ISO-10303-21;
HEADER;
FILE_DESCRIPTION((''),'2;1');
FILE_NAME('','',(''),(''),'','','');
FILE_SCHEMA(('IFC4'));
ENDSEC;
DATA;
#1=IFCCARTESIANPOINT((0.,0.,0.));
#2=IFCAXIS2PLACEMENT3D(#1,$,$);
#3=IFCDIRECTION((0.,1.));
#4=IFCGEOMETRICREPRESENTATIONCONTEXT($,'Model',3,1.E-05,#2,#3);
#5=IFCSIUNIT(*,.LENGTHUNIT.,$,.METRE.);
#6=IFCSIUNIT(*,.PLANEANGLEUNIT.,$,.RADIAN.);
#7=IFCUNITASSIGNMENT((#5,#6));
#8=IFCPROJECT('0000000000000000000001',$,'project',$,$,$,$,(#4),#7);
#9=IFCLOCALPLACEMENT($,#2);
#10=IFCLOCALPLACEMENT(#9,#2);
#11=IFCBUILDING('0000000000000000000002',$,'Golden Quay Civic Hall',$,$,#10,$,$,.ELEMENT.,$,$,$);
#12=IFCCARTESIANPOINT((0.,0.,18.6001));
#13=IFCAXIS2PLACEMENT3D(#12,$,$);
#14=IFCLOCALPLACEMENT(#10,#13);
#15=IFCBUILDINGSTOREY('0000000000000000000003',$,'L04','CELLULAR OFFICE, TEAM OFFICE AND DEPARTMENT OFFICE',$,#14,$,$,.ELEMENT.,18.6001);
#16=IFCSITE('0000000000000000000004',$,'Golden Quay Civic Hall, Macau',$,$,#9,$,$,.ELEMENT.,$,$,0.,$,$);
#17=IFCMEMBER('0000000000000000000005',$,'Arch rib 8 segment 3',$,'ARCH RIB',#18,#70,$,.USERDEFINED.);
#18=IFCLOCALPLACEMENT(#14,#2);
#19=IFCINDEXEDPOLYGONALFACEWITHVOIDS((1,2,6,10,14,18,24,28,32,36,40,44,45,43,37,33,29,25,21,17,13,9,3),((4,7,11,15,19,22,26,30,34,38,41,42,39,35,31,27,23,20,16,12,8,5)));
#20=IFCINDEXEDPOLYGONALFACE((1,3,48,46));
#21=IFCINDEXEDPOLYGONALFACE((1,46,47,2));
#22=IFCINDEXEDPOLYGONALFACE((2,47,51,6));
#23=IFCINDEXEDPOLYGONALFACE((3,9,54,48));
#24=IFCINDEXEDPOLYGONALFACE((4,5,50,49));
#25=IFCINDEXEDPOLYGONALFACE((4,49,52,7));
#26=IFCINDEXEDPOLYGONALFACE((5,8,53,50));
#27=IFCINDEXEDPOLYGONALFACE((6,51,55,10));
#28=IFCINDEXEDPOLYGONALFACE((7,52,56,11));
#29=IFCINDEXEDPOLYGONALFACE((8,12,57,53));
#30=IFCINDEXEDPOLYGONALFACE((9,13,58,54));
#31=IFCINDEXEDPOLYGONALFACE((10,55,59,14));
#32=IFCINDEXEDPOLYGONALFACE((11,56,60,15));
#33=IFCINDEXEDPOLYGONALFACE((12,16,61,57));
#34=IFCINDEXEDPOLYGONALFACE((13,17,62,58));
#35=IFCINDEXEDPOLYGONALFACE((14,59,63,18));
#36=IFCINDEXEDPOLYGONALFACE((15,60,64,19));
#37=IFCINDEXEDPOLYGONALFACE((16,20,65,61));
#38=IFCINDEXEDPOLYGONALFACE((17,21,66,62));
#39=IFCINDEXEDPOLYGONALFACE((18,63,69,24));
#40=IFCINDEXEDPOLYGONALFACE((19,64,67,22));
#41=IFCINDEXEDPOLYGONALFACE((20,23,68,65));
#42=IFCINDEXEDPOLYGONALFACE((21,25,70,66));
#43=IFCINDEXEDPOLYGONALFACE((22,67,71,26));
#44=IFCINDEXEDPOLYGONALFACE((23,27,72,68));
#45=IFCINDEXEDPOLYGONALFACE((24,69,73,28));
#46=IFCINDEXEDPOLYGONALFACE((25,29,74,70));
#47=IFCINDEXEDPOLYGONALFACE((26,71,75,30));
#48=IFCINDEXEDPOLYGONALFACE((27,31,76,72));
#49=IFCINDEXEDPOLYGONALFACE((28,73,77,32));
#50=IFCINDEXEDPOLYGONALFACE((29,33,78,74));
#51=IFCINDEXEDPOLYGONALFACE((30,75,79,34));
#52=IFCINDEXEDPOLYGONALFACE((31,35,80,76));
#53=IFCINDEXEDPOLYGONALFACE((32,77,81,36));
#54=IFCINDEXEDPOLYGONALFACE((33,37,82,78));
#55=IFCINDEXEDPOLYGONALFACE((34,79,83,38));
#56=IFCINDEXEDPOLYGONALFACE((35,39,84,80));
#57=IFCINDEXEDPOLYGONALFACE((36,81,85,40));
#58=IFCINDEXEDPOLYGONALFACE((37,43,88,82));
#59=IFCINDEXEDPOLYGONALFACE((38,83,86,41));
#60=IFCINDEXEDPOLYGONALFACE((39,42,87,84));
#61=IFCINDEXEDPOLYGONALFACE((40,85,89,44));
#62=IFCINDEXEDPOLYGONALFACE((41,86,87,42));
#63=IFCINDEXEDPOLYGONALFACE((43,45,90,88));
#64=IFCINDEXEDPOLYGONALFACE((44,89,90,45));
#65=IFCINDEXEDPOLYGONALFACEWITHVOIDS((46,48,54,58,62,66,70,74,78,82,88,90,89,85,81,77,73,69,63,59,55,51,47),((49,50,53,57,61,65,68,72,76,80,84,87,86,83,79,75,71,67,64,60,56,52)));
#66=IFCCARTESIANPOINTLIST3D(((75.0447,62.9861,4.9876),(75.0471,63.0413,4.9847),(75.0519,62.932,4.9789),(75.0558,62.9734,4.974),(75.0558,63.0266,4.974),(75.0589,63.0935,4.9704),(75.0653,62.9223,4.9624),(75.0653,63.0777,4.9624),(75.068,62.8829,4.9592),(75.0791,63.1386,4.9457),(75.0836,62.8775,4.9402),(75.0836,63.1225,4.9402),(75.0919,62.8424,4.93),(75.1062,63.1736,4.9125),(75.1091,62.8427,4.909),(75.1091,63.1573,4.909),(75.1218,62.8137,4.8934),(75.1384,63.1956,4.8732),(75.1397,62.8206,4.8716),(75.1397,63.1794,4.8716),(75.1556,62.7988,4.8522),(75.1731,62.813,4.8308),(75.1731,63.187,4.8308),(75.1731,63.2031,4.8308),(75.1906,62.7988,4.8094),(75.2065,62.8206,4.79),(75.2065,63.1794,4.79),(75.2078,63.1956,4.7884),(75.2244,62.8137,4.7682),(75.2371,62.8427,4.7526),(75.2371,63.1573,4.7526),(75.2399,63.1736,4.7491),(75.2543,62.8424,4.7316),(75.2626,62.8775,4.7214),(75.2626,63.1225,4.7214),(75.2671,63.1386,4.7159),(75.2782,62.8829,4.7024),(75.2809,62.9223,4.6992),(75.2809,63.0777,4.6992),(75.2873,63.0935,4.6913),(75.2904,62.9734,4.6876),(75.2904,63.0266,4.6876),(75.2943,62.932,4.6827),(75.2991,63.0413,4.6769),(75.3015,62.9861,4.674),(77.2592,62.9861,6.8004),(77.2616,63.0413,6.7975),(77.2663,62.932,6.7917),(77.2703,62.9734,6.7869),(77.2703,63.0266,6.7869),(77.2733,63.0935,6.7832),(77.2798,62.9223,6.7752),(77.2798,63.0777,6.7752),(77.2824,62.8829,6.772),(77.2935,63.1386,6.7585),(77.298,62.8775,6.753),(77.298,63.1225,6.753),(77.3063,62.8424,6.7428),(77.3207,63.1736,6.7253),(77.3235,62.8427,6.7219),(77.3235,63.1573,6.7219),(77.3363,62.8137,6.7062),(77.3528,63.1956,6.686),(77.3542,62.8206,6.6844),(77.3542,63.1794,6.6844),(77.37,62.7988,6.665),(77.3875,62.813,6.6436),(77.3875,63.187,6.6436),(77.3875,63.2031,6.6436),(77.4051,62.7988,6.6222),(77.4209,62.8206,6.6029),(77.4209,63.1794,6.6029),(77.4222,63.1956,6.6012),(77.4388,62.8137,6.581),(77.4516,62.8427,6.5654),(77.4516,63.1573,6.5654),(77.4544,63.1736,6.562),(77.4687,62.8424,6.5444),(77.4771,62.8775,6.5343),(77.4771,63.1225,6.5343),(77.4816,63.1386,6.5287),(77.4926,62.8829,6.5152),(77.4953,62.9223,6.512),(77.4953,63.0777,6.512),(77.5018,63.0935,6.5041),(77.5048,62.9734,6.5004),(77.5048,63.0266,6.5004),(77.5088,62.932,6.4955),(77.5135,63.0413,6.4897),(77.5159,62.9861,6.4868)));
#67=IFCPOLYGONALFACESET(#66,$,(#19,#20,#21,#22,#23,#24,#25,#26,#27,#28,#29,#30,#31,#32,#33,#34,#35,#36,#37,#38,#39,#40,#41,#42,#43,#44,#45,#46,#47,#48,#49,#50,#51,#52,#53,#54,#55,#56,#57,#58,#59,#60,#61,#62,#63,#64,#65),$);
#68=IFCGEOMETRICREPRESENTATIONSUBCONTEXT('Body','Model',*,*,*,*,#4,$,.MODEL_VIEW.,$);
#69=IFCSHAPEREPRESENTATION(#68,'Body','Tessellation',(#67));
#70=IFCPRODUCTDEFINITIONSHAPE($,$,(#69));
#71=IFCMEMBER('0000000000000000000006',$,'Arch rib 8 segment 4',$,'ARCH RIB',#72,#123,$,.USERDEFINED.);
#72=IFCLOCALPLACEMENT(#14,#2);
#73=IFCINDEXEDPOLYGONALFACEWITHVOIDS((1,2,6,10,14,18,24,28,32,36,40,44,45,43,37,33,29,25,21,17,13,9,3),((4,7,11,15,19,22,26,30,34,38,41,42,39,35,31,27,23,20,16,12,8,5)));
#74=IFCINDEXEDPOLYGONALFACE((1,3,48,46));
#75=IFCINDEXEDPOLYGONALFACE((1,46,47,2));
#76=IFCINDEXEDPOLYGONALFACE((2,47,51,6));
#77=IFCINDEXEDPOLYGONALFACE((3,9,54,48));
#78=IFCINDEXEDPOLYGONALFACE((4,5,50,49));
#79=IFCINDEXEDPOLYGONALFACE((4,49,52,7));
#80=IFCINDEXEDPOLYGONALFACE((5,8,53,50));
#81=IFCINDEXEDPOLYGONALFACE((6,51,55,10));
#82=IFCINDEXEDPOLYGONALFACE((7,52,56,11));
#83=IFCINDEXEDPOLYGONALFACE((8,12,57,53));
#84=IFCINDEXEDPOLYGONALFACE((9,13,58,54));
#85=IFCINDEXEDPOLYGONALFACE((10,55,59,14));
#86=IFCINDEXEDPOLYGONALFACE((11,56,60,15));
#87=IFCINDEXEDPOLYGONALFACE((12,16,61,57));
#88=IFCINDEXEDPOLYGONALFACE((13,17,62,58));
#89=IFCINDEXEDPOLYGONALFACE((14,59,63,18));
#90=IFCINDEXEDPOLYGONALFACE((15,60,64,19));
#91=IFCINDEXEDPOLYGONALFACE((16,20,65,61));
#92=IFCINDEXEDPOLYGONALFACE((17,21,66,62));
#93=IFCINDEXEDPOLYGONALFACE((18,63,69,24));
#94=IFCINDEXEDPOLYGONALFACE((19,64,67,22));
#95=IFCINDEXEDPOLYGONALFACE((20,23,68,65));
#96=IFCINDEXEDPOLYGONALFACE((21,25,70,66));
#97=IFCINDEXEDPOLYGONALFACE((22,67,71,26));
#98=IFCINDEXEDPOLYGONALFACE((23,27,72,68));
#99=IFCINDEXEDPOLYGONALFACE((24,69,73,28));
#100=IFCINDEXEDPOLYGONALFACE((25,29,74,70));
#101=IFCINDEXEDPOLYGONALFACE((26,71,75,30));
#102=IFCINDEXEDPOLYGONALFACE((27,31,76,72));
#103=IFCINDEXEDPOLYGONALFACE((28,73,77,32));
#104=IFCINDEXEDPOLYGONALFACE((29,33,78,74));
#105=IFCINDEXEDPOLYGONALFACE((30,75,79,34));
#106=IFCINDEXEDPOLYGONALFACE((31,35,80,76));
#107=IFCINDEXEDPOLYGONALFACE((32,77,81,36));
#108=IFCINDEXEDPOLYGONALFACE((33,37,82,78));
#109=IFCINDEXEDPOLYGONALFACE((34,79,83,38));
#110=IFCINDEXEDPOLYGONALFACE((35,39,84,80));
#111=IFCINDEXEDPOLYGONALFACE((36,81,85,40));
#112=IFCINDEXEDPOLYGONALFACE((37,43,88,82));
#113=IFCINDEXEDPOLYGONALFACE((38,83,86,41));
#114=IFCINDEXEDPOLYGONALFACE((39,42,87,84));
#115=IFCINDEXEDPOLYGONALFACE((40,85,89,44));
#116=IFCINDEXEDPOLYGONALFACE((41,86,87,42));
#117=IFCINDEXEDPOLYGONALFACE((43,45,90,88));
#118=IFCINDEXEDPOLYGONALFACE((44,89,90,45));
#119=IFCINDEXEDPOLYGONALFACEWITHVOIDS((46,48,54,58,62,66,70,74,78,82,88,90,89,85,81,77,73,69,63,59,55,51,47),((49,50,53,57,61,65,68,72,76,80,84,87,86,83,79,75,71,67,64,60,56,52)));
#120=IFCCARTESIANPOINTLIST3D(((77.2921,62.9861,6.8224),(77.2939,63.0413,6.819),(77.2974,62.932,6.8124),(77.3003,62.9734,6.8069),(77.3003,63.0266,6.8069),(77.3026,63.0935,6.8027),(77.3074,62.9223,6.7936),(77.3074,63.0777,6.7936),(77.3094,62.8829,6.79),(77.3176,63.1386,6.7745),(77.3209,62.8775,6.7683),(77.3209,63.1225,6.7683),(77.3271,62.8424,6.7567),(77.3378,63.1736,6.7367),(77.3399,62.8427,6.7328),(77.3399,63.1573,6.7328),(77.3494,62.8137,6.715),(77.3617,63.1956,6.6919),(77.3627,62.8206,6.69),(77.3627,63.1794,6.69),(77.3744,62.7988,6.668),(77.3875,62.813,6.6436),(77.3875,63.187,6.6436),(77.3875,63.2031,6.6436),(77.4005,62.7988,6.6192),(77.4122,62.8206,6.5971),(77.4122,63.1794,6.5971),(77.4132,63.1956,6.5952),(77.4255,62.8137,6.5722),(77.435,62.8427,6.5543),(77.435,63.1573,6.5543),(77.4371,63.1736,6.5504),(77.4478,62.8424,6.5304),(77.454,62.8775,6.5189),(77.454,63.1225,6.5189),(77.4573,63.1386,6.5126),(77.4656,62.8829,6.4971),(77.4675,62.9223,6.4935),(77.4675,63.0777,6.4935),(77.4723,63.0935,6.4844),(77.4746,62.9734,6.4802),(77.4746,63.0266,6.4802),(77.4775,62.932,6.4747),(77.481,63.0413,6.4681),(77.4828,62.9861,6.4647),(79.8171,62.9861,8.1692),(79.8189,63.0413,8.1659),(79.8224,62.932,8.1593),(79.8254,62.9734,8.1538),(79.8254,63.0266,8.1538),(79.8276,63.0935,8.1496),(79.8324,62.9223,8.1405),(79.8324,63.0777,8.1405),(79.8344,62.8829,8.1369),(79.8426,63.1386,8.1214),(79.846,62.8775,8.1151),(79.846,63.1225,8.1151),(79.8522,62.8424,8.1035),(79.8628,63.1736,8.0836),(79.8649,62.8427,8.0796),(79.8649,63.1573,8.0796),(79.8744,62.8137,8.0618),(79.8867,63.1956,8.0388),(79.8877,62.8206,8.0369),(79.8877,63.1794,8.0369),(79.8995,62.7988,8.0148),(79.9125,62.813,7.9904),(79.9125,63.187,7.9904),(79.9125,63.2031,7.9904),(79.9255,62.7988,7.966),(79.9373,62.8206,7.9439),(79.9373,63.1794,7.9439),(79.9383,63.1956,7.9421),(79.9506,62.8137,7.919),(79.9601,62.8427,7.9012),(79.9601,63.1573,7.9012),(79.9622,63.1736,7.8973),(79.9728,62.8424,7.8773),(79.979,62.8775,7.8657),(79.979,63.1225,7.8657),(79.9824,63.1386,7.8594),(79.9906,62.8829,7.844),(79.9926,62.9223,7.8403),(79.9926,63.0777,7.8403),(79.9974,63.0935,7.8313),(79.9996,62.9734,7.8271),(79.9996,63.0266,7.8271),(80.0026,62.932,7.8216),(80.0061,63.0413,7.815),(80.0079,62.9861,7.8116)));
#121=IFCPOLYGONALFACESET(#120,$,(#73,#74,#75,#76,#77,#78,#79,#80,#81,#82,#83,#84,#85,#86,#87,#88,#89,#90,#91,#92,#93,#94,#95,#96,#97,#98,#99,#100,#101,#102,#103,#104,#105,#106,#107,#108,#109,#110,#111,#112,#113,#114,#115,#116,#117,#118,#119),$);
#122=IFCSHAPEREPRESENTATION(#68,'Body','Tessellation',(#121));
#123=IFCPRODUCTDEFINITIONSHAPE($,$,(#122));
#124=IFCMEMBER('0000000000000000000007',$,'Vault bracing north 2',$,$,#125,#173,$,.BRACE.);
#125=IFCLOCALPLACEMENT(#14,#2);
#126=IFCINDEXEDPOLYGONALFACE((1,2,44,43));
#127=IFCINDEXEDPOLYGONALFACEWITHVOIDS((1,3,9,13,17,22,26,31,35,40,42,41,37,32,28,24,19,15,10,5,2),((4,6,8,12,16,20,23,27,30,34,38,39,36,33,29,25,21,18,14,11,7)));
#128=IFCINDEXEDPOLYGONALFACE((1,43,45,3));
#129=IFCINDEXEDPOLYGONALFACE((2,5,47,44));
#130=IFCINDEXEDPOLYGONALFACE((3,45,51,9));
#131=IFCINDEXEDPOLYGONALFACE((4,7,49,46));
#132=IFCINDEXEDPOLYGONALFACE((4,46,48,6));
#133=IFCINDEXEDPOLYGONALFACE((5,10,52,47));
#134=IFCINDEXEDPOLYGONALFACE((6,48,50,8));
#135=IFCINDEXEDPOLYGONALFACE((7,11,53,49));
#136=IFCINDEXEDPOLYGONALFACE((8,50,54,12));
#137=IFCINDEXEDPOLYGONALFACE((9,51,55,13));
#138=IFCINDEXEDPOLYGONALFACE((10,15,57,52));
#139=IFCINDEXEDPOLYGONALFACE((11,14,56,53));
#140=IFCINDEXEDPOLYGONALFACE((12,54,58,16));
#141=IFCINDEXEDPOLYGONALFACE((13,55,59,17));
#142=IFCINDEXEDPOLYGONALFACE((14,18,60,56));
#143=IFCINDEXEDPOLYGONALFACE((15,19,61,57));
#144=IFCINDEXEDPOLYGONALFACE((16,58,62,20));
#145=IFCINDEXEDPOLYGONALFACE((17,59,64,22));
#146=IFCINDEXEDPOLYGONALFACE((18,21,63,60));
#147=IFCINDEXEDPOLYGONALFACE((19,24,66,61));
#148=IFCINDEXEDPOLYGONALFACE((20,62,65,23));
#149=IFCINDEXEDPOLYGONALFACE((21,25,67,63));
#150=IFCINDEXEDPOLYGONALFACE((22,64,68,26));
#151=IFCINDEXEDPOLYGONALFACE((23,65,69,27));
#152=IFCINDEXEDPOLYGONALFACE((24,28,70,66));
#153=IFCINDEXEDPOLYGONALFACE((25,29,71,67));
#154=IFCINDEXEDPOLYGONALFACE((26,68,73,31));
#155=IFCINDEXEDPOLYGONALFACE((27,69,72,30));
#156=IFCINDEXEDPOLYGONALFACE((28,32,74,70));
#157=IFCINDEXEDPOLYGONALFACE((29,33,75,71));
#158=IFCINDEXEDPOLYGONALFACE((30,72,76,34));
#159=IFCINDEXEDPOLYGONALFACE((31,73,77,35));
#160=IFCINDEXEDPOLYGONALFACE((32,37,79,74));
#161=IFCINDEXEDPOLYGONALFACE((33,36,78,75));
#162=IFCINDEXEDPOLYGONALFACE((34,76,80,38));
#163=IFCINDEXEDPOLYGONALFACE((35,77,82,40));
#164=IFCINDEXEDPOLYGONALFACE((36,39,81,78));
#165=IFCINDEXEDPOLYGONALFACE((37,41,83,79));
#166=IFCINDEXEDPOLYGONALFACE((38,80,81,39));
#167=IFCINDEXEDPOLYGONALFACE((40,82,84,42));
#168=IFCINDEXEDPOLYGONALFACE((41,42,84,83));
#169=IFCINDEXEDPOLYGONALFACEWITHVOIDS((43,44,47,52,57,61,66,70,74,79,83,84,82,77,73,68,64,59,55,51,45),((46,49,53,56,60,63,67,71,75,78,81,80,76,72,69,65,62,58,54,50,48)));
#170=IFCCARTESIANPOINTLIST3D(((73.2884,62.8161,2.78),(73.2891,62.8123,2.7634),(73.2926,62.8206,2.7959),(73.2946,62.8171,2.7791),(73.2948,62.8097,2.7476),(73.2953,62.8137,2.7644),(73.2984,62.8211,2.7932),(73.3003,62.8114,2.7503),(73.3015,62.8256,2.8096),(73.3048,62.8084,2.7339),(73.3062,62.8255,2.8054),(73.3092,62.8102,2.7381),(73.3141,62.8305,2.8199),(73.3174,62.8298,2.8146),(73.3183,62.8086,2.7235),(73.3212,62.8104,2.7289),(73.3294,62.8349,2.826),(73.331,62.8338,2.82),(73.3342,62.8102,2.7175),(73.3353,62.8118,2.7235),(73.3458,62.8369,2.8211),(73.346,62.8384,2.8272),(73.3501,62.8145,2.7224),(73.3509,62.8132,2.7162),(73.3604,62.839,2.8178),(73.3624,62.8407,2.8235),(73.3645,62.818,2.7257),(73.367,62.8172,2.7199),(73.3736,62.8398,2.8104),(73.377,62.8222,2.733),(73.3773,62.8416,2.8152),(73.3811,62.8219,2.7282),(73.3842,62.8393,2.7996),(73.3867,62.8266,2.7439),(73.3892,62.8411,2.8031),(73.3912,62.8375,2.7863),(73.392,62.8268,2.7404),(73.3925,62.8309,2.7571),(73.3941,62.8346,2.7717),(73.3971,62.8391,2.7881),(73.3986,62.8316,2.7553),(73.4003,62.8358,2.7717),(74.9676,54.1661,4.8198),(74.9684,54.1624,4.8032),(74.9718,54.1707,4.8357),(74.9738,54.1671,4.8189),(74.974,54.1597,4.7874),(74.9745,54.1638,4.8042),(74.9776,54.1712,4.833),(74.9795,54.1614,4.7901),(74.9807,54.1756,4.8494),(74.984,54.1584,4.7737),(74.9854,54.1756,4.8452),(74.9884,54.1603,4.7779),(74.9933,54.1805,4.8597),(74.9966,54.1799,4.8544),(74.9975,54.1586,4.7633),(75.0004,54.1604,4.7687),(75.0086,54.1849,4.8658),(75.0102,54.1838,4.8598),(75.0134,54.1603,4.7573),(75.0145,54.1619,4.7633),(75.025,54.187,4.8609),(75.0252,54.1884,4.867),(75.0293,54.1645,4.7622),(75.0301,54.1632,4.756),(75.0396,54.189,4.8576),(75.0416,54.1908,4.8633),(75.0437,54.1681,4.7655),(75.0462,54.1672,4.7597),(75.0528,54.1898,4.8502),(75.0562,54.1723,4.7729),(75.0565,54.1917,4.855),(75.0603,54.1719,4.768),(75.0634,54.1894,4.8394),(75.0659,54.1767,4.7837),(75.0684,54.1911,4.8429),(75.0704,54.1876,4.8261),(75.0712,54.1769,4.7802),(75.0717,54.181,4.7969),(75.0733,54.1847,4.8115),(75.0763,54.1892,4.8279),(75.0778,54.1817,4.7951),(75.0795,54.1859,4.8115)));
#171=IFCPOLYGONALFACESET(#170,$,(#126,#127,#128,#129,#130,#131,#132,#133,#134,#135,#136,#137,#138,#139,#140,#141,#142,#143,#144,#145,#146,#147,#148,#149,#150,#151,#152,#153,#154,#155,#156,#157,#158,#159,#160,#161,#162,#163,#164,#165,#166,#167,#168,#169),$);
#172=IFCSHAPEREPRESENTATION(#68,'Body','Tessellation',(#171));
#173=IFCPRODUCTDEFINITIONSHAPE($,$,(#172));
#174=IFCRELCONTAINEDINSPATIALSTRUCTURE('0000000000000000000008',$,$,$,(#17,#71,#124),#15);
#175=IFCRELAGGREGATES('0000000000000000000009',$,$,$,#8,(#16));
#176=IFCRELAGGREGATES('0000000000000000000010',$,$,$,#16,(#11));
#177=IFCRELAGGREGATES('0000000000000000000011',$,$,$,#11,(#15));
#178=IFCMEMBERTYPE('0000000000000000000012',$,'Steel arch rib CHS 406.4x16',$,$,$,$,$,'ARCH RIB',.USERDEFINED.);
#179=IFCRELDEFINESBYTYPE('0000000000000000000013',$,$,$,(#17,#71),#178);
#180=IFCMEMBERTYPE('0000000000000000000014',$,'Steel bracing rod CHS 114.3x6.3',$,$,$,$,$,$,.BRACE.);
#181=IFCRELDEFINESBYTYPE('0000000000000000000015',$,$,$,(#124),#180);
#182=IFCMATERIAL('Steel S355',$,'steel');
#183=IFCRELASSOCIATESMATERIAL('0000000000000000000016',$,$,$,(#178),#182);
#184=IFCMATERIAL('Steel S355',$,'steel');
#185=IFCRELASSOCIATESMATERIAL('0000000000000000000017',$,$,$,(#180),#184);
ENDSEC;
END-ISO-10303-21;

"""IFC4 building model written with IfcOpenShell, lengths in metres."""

from ifc_helpers import new_model, si_unit, direction, frame, origin, origin_2d, place, context, subcontext, project, spatial, hollow_circle, extrude, material, material_profile, profile_set, type_object, element, save


model = new_model("IFC4")

# Units and contexts
model_context = context("Model", 3, precision=1e-05, world=origin(), true_north=direction((0.0, 1.0)))
body_context = subcontext(model_context, "Body", "Model", "MODEL_VIEW")
ifc_project = project(units=[si_unit("LENGTHUNIT", "METRE"), si_unit("PLANEANGLEUNIT", "RADIAN")], contexts=[model_context])

# Site, building, storey
site_placement = place(None, origin())
site = spatial("IfcSite", under=ifc_project, at=site_placement, Name="Golden Quay Civic Hall, Macau", CompositionType="ELEMENT", RefElevation=0.0)
building_placement = place(site_placement, origin())
building = spatial("IfcBuilding", under=site, at=building_placement, Name="Golden Quay Civic Hall", CompositionType="ELEMENT")
storey_placement = place(building_placement, frame((0.0, 0.0, 18.6001)))
storey = spatial("IfcBuildingStorey", under=building, at=storey_placement, Name="L04", Description="CELLULAR OFFICE, TEAM OFFICE AND DEPARTMENT OFFICE", CompositionType="ELEMENT", Elevation=18.6001)

# Members
ifc_material_1 = material(Name="Steel S355", Category="steel")
ifc_material_profile_1 = material_profile(ifc_material_1, hollow_circle(Radius=0.2031, WallThickness=0.0161, at=origin_2d()), Name="CHS 406.4x16")
ifc_profile_set_1 = profile_set([ifc_material_profile_1], Name="Steel S355")
member_type_1 = type_object("IfcMemberType", Name="Steel arch rib CHS 406.4x16", ElementType="ARCH RIB", PredefinedType="USERDEFINED", material=ifc_profile_set_1)
for number, where, z_axis, x_axis, name in (
    (1, (75.1731, 63.0, 4.8308), (0.773786, 0.0, 0.633447), (0.0, 1.0, 0.0), "Arch rib 8 segment 3"),
    (2, (77.3875, 63.0, 6.6436), (0.882327, 0.0, 0.470637), (0.0, 1.0, 0.0), "Arch rib 8 segment 4"),
):
    element("IfcMember", number, at=place(storey_placement, frame(where, z_axis=z_axis, x_axis=x_axis)), inside=storey, type_object=member_type_1, Name=name, ObjectType="ARCH RIB", PredefinedType="USERDEFINED", context=body_context, shape_type="SweptSolid", body=[
        extrude(hollow_circle(Radius=0.2031, WallThickness=0.0161, at=origin_2d()), origin(), (0.0, 0.0, 1.0), 2.8618),
    ])
ifc_material_2 = material(Name="Steel S355", Category="steel")
ifc_material_profile_2 = material_profile(ifc_material_2, hollow_circle(Radius=0.0571, WallThickness=0.0063, at=origin_2d()), Name="CHS 114.3x6.3")
ifc_profile_set_2 = profile_set([ifc_material_profile_2], Name="Steel S355")
member_type_2 = type_object("IfcMemberType", Name="Steel bracing rod CHS 114.3x6.3", PredefinedType="BRACE", material=ifc_profile_set_2)
for number, where, z_axis, x_axis, name in (
    (3, (73.3442, 62.825, 2.7717), (0.185662, -0.956381, 0.225531), (0.981673, 0.190572, 0.0), "Vault bracing north 2"),
):
    element("IfcMember", number, at=place(storey_placement, frame(where, z_axis=z_axis, x_axis=x_axis)), inside=storey, type_object=member_type_2, Name=name, PredefinedType="BRACE", context=body_context, shape_type="SweptSolid", body=[
        extrude(hollow_circle(Radius=0.0571, WallThickness=0.0063, at=origin_2d()), origin(), (0.0, 0.0, 1.0), 9.0444),
    ])

save(model, "model.ifc")
